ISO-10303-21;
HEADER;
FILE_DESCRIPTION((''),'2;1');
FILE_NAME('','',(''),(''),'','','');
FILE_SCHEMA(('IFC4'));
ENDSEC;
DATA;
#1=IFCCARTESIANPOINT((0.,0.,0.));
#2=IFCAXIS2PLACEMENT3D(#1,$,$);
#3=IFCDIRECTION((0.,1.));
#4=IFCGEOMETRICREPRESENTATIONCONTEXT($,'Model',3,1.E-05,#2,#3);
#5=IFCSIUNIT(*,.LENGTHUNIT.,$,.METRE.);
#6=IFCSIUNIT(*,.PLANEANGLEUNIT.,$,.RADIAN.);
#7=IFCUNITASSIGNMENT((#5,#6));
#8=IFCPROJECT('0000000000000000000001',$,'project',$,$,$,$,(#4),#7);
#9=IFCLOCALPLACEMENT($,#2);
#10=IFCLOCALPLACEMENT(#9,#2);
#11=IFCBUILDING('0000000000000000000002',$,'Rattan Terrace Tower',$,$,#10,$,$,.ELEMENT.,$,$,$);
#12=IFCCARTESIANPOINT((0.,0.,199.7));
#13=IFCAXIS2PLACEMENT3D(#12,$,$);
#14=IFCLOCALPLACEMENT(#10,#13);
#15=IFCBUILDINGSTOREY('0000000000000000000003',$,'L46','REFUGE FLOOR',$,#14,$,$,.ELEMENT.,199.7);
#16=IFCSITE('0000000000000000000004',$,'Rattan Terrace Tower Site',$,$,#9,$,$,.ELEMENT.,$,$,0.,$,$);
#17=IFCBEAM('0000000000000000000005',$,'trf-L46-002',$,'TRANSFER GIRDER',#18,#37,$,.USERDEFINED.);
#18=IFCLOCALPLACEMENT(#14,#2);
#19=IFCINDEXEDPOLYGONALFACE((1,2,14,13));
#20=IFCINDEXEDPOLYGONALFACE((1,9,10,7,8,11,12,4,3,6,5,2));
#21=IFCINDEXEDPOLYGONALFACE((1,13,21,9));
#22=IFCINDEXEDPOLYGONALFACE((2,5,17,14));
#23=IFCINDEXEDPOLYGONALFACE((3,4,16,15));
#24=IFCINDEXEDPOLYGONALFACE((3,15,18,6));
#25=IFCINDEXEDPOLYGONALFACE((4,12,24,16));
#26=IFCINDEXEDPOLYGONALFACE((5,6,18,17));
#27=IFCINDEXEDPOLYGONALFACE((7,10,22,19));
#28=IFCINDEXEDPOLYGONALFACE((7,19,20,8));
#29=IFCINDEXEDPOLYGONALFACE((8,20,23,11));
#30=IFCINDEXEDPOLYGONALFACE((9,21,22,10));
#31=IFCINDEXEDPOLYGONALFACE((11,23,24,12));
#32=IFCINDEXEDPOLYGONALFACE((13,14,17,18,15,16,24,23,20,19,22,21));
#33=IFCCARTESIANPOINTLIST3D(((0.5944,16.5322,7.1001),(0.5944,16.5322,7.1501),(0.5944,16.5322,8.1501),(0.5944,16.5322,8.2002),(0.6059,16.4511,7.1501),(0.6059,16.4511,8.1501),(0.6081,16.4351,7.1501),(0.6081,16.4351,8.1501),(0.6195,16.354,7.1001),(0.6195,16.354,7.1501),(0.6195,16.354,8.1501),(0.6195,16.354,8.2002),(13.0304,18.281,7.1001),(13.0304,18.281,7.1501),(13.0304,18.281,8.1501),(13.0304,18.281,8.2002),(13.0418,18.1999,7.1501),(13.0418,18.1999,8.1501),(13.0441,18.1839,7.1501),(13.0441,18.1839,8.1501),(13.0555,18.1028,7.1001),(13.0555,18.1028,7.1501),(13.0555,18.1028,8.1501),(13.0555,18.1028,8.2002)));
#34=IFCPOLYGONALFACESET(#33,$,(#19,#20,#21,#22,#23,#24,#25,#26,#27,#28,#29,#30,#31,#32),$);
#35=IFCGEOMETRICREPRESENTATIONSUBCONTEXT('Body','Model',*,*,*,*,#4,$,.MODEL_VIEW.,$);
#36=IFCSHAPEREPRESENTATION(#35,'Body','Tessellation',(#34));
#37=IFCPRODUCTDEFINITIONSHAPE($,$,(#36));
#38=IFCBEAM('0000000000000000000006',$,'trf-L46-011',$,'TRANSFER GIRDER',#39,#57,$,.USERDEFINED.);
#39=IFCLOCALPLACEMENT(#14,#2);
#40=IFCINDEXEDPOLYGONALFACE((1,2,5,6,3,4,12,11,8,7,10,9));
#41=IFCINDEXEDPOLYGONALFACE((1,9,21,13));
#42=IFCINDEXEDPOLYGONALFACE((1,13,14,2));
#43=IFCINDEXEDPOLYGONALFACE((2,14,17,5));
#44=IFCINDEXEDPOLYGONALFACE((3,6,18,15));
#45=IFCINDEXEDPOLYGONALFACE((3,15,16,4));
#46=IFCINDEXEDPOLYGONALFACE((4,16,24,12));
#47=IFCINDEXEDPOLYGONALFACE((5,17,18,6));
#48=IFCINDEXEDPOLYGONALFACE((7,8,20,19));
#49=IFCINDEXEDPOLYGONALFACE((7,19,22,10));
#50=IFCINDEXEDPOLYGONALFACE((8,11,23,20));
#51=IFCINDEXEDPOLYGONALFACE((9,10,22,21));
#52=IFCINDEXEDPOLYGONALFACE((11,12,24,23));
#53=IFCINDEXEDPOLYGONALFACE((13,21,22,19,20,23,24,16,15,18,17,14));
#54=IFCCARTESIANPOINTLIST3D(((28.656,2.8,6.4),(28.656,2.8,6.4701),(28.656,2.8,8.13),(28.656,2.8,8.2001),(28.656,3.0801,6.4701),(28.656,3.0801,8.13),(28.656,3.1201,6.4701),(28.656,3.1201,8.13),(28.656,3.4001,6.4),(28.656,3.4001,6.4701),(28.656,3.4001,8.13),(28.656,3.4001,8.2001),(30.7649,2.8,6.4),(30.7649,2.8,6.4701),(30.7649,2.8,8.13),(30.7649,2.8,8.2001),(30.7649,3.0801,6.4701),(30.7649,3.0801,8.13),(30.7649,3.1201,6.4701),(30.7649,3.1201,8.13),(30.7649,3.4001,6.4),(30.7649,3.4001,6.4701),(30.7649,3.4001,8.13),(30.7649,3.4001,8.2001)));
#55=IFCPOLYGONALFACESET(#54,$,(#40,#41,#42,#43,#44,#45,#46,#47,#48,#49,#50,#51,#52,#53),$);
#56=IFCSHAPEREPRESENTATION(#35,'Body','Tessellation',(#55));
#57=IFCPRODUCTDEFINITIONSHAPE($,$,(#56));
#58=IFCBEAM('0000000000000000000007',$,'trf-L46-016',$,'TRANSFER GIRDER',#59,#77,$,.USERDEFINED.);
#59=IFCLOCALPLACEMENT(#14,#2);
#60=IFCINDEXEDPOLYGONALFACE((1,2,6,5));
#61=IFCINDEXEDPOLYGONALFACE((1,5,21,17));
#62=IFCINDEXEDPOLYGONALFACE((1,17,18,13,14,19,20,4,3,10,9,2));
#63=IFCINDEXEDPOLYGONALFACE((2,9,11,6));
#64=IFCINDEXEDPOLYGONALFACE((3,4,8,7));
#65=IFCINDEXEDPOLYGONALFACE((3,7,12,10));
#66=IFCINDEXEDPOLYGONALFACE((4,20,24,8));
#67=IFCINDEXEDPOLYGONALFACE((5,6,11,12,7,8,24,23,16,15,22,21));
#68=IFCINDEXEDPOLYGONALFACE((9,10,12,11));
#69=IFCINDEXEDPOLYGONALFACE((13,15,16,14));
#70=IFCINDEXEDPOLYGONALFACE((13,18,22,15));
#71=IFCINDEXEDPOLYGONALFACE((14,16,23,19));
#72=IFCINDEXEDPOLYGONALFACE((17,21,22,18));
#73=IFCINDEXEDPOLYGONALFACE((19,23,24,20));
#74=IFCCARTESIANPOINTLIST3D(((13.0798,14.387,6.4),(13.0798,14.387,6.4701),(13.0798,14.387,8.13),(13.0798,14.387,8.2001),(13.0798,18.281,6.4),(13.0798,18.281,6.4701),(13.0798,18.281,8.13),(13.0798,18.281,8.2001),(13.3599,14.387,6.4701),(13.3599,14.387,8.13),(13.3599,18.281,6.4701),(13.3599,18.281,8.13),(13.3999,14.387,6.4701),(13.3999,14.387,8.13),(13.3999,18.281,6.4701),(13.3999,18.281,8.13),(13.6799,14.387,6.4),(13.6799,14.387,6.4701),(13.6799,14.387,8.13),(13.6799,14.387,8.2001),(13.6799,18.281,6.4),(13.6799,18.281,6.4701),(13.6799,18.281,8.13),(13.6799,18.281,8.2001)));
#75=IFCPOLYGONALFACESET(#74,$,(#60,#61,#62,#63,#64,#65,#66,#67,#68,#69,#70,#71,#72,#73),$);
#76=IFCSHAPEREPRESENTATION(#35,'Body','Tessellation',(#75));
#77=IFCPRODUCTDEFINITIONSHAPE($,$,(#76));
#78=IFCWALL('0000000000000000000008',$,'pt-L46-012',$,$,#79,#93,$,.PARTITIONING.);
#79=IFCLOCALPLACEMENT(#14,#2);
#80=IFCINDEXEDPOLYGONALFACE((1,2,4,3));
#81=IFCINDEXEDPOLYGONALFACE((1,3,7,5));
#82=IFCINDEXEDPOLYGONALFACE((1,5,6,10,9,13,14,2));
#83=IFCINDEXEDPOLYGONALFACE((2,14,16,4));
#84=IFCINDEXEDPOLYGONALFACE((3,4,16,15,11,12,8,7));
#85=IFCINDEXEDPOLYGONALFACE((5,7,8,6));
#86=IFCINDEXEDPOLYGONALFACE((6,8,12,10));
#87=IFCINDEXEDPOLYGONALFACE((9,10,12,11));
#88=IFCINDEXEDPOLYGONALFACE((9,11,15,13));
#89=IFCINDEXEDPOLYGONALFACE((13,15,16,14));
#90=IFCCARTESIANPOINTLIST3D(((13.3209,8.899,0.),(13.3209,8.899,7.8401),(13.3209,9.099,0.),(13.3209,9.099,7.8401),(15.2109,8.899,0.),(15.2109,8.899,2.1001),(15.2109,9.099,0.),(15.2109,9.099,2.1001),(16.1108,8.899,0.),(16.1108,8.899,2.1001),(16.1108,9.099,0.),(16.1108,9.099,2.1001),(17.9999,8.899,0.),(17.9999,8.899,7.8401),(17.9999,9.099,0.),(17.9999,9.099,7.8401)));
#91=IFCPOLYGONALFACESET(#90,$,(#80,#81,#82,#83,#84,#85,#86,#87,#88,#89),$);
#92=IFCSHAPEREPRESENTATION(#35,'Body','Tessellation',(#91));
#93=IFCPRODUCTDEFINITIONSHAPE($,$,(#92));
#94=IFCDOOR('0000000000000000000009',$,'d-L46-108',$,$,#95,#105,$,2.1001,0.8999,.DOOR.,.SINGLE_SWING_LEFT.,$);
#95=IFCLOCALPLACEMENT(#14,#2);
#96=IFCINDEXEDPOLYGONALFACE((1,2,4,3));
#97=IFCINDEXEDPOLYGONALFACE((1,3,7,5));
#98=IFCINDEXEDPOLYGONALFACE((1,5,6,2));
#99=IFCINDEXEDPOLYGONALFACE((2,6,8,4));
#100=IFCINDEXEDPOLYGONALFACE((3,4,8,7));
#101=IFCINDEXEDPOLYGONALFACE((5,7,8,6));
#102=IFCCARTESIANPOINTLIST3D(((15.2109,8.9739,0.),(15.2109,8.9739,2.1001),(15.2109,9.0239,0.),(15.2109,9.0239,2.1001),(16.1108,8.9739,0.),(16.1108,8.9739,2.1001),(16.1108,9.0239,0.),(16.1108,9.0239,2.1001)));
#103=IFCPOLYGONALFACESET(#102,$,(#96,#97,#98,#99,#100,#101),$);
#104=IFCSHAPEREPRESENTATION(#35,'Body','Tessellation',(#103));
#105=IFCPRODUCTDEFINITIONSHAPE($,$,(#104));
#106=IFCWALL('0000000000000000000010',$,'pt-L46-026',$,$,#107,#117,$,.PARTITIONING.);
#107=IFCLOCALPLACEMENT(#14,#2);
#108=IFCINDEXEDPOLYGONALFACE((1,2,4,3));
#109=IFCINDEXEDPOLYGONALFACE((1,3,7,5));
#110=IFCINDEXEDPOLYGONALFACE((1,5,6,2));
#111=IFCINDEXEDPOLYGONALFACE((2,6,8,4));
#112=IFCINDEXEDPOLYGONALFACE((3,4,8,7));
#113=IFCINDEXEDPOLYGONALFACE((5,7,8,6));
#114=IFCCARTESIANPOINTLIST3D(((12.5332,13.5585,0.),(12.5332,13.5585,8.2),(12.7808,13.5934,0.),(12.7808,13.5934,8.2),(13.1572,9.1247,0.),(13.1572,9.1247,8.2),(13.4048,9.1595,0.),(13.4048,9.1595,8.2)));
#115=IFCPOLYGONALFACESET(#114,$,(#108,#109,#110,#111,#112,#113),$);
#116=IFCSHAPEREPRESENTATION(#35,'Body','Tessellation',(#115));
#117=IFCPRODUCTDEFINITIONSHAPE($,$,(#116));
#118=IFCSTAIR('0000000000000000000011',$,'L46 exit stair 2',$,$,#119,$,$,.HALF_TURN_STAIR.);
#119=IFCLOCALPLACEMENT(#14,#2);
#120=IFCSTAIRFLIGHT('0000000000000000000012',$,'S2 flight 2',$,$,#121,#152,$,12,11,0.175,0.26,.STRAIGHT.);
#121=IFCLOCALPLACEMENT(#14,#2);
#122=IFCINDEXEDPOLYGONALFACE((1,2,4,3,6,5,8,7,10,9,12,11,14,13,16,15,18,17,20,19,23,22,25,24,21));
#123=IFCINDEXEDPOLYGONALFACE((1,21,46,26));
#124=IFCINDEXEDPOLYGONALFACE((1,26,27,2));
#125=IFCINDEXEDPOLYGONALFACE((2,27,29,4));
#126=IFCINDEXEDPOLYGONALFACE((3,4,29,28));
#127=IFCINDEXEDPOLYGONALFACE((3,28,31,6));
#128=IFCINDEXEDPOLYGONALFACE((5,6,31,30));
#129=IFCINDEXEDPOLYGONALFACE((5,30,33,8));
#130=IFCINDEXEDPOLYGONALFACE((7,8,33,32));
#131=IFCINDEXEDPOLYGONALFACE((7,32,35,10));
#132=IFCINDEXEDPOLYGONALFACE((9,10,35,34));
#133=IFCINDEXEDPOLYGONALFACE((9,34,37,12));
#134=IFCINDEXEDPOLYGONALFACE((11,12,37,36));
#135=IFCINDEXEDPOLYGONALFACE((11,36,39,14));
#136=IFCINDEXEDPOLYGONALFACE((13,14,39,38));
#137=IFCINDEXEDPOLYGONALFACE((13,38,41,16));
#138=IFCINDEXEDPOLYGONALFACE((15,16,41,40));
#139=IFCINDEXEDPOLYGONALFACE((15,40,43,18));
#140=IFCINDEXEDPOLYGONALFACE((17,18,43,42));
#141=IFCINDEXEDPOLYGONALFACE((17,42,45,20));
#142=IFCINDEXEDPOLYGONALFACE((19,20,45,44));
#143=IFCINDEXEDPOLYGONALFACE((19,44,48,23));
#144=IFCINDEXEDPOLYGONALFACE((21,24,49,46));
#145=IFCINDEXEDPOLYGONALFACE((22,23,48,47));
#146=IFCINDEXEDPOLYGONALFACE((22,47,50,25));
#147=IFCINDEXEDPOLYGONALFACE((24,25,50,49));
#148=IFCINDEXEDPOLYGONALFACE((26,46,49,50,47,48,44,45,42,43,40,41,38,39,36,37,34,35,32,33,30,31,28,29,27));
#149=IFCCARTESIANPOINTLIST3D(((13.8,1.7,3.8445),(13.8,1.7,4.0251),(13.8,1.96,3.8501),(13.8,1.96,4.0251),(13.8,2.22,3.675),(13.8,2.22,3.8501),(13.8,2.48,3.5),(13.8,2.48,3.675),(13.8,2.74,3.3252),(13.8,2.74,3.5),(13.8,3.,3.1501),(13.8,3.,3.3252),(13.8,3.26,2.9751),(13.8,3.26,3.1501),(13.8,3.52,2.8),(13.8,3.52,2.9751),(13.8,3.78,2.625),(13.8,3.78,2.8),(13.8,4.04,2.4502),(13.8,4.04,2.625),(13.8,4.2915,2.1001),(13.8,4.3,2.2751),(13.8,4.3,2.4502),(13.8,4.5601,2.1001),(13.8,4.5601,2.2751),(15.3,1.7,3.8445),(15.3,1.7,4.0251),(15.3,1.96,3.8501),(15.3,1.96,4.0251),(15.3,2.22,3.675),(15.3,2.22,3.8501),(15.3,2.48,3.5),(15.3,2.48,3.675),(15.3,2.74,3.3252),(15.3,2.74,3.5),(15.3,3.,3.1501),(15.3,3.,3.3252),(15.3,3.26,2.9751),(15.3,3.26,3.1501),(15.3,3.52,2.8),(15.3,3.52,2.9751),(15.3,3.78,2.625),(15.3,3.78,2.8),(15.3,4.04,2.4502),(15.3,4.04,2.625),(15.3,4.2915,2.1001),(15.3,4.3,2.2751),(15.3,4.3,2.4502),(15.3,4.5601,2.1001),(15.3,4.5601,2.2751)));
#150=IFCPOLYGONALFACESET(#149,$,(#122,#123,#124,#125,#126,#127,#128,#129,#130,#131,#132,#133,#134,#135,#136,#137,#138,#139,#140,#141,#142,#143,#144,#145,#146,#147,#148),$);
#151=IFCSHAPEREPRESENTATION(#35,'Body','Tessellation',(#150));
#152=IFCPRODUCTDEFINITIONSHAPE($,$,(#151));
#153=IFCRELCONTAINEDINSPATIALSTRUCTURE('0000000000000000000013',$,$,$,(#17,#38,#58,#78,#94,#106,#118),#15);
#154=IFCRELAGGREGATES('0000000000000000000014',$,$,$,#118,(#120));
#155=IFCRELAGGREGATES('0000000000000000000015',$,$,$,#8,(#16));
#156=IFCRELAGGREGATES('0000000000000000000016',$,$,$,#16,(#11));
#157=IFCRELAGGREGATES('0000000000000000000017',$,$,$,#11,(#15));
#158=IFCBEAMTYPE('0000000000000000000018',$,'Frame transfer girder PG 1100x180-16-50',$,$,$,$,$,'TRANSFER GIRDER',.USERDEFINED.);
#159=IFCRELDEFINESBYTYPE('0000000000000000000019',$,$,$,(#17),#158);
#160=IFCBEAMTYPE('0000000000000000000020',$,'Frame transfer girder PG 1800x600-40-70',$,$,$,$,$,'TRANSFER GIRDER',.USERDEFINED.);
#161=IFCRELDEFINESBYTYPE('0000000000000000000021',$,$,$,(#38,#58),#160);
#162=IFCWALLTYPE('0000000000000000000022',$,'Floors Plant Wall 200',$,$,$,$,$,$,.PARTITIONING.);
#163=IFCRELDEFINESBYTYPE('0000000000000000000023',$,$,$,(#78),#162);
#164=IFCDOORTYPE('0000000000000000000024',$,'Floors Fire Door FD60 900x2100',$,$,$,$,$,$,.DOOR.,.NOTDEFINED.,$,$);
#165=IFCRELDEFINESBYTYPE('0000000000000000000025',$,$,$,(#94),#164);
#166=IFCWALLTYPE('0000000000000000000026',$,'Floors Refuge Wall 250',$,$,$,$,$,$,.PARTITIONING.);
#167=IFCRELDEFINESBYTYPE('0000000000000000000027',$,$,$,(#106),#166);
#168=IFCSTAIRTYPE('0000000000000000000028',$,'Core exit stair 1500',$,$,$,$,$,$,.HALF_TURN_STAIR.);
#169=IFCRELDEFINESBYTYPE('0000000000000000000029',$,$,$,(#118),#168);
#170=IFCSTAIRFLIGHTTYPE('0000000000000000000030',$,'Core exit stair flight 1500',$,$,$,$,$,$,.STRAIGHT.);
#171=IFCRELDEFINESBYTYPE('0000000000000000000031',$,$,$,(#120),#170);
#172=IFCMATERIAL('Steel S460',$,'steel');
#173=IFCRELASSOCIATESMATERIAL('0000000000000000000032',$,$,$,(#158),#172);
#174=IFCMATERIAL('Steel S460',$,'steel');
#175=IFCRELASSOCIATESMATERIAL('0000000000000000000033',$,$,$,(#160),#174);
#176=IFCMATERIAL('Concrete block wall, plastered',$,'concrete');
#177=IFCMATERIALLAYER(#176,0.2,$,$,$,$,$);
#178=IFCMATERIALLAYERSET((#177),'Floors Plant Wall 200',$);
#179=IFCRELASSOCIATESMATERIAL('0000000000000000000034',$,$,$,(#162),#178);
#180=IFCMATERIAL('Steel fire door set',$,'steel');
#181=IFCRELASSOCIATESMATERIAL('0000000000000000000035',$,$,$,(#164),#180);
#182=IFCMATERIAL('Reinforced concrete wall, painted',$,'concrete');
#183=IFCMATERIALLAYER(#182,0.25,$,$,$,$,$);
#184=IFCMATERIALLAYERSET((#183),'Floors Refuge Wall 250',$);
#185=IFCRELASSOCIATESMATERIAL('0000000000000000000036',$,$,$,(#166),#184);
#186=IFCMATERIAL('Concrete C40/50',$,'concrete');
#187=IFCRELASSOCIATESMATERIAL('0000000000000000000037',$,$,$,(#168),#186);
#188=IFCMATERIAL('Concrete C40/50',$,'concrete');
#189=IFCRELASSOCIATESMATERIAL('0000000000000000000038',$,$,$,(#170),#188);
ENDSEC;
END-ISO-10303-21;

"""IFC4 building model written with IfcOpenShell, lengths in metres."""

from ifc_helpers import new_model, si_unit, direction, frame, frame_2d, origin, origin_2d, place, context, subcontext, project, spatial, polyline, rectangle, i_section, outline, extrude, material, layer, layer_set, material_profile, profile_set, type_object, element, fill, aggregate, save


model = new_model("IFC4")

# Units and contexts
model_context = context("Model", 3, precision=1e-05, world=origin(), true_north=direction((0.0, 1.0)))
body_context = subcontext(model_context, "Body", "Model", "MODEL_VIEW")
ifc_project = project(units=[si_unit("LENGTHUNIT", "METRE"), si_unit("PLANEANGLEUNIT", "RADIAN")], contexts=[model_context])

# Site, building, storey
site_placement = place(None, origin())
site = spatial("IfcSite", under=ifc_project, at=site_placement, Name="Rattan Terrace Tower Site", CompositionType="ELEMENT", RefElevation=0.0)
building_placement = place(site_placement, origin())
building = spatial("IfcBuilding", under=site, at=building_placement, Name="Rattan Terrace Tower", CompositionType="ELEMENT")
storey_placement = place(building_placement, frame((0.0, 0.0, 199.7)))
storey = spatial("IfcBuildingStorey", under=building, at=storey_placement, Name="L46", Description="REFUGE FLOOR", CompositionType="ELEMENT", Elevation=199.7)

# Beams
ifc_material_1 = material(Name="Steel S460", Category="steel")
ifc_material_profile_1 = material_profile(ifc_material_1, i_section(OverallWidth=0.1799, OverallDepth=1.1001, WebThickness=0.0161, FlangeThickness=0.05, at=origin_2d()), Name="PG 1100x180-16-50")
ifc_profile_set_1 = profile_set([ifc_material_profile_1], Name="Steel S460")
beam_type_1 = type_object("IfcBeamType", Name="Frame transfer girder PG 1100x180-16-50", ElementType="TRANSFER GIRDER", PredefinedType="USERDEFINED", material=ifc_profile_set_1)
beam_1_placement = place(storey_placement, frame((13.043, 18.1919, 7.6501), z_axis=(-0.990257, -0.139252, 0.0), x_axis=(0.139252, -0.990257, 0.0)))
element("IfcBeam", 1, at=beam_1_placement, inside=storey, type_object=beam_type_1, Name="trf-L46-002", ObjectType="TRANSFER GIRDER", PredefinedType="USERDEFINED", context=body_context, shape_type="SweptSolid", body=[
    extrude(i_section(OverallWidth=0.1799, OverallDepth=1.1001, WebThickness=0.0161, FlangeThickness=0.05, at=origin_2d()), origin(), (0.0, 0.0, 1.0), 12.5583),
])
ifc_material_2 = material(Name="Steel S460", Category="steel")
ifc_material_profile_2 = material_profile(ifc_material_2, i_section(OverallWidth=0.6001, OverallDepth=1.8, WebThickness=0.04, FlangeThickness=0.0701, at=origin_2d()), Name="PG 1800x600-40-70")
ifc_profile_set_2 = profile_set([ifc_material_profile_2], Name="Steel S460")
beam_type_2 = type_object("IfcBeamType", Name="Frame transfer girder PG 1800x600-40-70", ElementType="TRANSFER GIRDER", PredefinedType="USERDEFINED", material=ifc_profile_set_2)
beam_2_placement = place(storey_placement, frame((28.656, 3.1001, 7.3), z_axis=(1.0, 0.0, 0.0), x_axis=(0.0, 1.0, 0.0)))
element("IfcBeam", 2, at=beam_2_placement, inside=storey, type_object=beam_type_2, Name="trf-L46-011", ObjectType="TRANSFER GIRDER", PredefinedType="USERDEFINED", context=body_context, shape_type="SweptSolid", body=[
    extrude(i_section(OverallWidth=0.6001, OverallDepth=1.8, WebThickness=0.04, FlangeThickness=0.0701, at=origin_2d()), origin(), (0.0, 0.0, 1.0), 2.1089),
])
beam_3_placement = place(storey_placement, frame((13.3799, 14.387, 7.3), z_axis=(0.0, 1.0, 0.0), x_axis=(-1.0, 0.0, 0.0)))
element("IfcBeam", 3, at=beam_3_placement, inside=storey, type_object=beam_type_2, Name="trf-L46-016", ObjectType="TRANSFER GIRDER", PredefinedType="USERDEFINED", context=body_context, shape_type="SweptSolid", body=[
    extrude(i_section(OverallWidth=0.6001, OverallDepth=1.8, WebThickness=0.04, FlangeThickness=0.0701, at=origin_2d()), origin(), (0.0, 0.0, 1.0), 3.894),
])

# Wall, opening, door
ifc_material_3 = material(Name="Concrete block wall, plastered", Category="concrete")
ifc_layer_1 = layer(ifc_material_3, 0.2)
ifc_layer_set_1 = layer_set([ifc_layer_1], Name="Floors Plant Wall 200")
wall_type_1 = type_object("IfcWallType", Name="Floors Plant Wall 200", PredefinedType="PARTITIONING", material=ifc_layer_set_1)
wall_1_placement = place(storey_placement, frame((13.321, 8.999, 0.0), z_axis=(0.0, 0.0, 1.0), x_axis=(1.0, 0.0, 0.0)))
wall_1 = element("IfcWall", 4, at=wall_1_placement, inside=storey, type_object=wall_type_1, Name="pt-L46-012", PredefinedType="PARTITIONING", context=body_context, shape_type="SweptSolid", body=[
    extrude(rectangle(XDim=4.679, YDim=0.2, at=frame_2d((2.3394, 0.0))), origin(), (0.0, 0.0, 1.0), 7.8401),
])
opening_placement = place(wall_1_placement, frame((1.8899, 0.0, 0.0)))
opening = element("IfcOpeningElement", 5, at=opening_placement, cuts=wall_1, PredefinedType="OPENING", context=body_context, shape_type="SweptSolid", body=[
    extrude(rectangle(XDim=0.8999, YDim=2.1001, at=frame_2d((0.45, 1.05))), frame((0.0, 0.1106, 0.0), z_axis=(0.0, -1.0, 0.0), x_axis=(1.0, 0.0, 0.0)), (0.0, 0.0, 1.0), 0.2209),
])
ifc_material_4 = material(Name="Steel fire door set", Category="steel")
door_type = type_object("IfcDoorType", Name="Floors Fire Door FD60 900x2100", OperationType="NOTDEFINED", PredefinedType="DOOR", material=ifc_material_4)
door_placement = place(opening_placement, origin())
door = element("IfcDoor", 6, at=door_placement, inside=storey, type_object=door_type, Name="d-L46-108", OperationType="SINGLE_SWING_LEFT", OverallHeight=2.1001, OverallWidth=0.8999, PredefinedType="DOOR", context=body_context, shape_type="SweptSolid", body=[
    extrude(rectangle(XDim=0.8999, YDim=2.1001, at=frame_2d((0.45, 1.05))), frame((0.0, 0.0249, 0.0), z_axis=(0.0, -1.0, 0.0), x_axis=(1.0, 0.0, 0.0)), (0.0, 0.0, 1.0), 0.05),
])
fill(opening, door)

# Wall
ifc_material_5 = material(Name="Reinforced concrete wall, painted", Category="concrete")
ifc_layer_2 = layer(ifc_material_5, 0.25)
ifc_layer_set_2 = layer_set([ifc_layer_2], Name="Floors Refuge Wall 250")
wall_type_2 = type_object("IfcWallType", Name="Floors Refuge Wall 250", PredefinedType="PARTITIONING", material=ifc_layer_set_2)
wall_2_placement = place(storey_placement, frame((13.281, 9.1421, 0.0), z_axis=(0.0, 0.0, 1.0), x_axis=(-0.139368, 0.990241, 0.0)))
element("IfcWall", 7, at=wall_2_placement, inside=storey, type_object=wall_type_2, Name="pt-L46-026", PredefinedType="PARTITIONING", context=body_context, shape_type="SweptSolid", body=[
    extrude(rectangle(XDim=4.4775, YDim=0.25, at=frame_2d((2.2388, 0.0))), origin(), (0.0, 0.0, 1.0), 8.2),
])

# Stair, stair flight
ifc_material_6 = material(Name="Concrete C40/50", Category="concrete")
stair_type = type_object("IfcStairType", Name="Core exit stair 1500", PredefinedType="HALF_TURN_STAIR", material=ifc_material_6)
stair_placement = place(storey_placement, origin())
stair = element("IfcStair", 8, at=stair_placement, inside=storey, type_object=stair_type, Name="L46 exit stair 2", PredefinedType="HALF_TURN_STAIR")
ifc_material_7 = material(Name="Concrete C40/50", Category="concrete")
stair_flight_type = type_object("IfcStairFlightType", Name="Core exit stair flight 1500", PredefinedType="STRAIGHT", material=ifc_material_7)
stair_flight_1_placement = place(storey_placement, frame((14.55, 4.5601, 2.1001), z_axis=(0.0, 0.0, 1.0), x_axis=(0.0, -1.0, 0.0)))
stair_flight_1 = element("IfcStairFlight", 9, at=stair_flight_1_placement, type_object=stair_flight_type, Name="S2 flight 2", NumberOfRisers=12, NumberOfTreads=11, PredefinedType="STRAIGHT", RiserHeight=0.175, TreadLength=0.26, context=body_context, shape_type="SweptSolid", body=[
    extrude(outline(polyline([(0.0, 0.0), (0.0, 0.175), (0.26, 0.175), (0.26, 0.3501), (0.52, 0.3501), (0.52, 0.5249), (0.78, 0.5249), (0.78, 0.7), (1.04, 0.7), (1.04, 0.875), (1.3, 0.875), (1.3, 1.05), (1.5601, 1.05), (1.5601, 1.2251), (1.8201, 1.2251), (1.8201, 1.3999), (2.0801, 1.3999), (2.0801, 1.575), (2.3401, 1.575), (2.3401, 1.75), (2.6001, 1.75), (2.6001, 1.925), (2.8601, 1.925), (2.8601, 2.1001), (2.8601, 1.7444), (0.2686, 0.0), (0.0, 0.0)])), frame((0.0, 0.75, 0.0), z_axis=(0.0, -1.0, 0.0), x_axis=(1.0, 0.0, 0.0)), (0.0, 0.0, 1.0), 1.5),
])
aggregate(stair, [stair_flight_1])

save(model, "model.ifc")
